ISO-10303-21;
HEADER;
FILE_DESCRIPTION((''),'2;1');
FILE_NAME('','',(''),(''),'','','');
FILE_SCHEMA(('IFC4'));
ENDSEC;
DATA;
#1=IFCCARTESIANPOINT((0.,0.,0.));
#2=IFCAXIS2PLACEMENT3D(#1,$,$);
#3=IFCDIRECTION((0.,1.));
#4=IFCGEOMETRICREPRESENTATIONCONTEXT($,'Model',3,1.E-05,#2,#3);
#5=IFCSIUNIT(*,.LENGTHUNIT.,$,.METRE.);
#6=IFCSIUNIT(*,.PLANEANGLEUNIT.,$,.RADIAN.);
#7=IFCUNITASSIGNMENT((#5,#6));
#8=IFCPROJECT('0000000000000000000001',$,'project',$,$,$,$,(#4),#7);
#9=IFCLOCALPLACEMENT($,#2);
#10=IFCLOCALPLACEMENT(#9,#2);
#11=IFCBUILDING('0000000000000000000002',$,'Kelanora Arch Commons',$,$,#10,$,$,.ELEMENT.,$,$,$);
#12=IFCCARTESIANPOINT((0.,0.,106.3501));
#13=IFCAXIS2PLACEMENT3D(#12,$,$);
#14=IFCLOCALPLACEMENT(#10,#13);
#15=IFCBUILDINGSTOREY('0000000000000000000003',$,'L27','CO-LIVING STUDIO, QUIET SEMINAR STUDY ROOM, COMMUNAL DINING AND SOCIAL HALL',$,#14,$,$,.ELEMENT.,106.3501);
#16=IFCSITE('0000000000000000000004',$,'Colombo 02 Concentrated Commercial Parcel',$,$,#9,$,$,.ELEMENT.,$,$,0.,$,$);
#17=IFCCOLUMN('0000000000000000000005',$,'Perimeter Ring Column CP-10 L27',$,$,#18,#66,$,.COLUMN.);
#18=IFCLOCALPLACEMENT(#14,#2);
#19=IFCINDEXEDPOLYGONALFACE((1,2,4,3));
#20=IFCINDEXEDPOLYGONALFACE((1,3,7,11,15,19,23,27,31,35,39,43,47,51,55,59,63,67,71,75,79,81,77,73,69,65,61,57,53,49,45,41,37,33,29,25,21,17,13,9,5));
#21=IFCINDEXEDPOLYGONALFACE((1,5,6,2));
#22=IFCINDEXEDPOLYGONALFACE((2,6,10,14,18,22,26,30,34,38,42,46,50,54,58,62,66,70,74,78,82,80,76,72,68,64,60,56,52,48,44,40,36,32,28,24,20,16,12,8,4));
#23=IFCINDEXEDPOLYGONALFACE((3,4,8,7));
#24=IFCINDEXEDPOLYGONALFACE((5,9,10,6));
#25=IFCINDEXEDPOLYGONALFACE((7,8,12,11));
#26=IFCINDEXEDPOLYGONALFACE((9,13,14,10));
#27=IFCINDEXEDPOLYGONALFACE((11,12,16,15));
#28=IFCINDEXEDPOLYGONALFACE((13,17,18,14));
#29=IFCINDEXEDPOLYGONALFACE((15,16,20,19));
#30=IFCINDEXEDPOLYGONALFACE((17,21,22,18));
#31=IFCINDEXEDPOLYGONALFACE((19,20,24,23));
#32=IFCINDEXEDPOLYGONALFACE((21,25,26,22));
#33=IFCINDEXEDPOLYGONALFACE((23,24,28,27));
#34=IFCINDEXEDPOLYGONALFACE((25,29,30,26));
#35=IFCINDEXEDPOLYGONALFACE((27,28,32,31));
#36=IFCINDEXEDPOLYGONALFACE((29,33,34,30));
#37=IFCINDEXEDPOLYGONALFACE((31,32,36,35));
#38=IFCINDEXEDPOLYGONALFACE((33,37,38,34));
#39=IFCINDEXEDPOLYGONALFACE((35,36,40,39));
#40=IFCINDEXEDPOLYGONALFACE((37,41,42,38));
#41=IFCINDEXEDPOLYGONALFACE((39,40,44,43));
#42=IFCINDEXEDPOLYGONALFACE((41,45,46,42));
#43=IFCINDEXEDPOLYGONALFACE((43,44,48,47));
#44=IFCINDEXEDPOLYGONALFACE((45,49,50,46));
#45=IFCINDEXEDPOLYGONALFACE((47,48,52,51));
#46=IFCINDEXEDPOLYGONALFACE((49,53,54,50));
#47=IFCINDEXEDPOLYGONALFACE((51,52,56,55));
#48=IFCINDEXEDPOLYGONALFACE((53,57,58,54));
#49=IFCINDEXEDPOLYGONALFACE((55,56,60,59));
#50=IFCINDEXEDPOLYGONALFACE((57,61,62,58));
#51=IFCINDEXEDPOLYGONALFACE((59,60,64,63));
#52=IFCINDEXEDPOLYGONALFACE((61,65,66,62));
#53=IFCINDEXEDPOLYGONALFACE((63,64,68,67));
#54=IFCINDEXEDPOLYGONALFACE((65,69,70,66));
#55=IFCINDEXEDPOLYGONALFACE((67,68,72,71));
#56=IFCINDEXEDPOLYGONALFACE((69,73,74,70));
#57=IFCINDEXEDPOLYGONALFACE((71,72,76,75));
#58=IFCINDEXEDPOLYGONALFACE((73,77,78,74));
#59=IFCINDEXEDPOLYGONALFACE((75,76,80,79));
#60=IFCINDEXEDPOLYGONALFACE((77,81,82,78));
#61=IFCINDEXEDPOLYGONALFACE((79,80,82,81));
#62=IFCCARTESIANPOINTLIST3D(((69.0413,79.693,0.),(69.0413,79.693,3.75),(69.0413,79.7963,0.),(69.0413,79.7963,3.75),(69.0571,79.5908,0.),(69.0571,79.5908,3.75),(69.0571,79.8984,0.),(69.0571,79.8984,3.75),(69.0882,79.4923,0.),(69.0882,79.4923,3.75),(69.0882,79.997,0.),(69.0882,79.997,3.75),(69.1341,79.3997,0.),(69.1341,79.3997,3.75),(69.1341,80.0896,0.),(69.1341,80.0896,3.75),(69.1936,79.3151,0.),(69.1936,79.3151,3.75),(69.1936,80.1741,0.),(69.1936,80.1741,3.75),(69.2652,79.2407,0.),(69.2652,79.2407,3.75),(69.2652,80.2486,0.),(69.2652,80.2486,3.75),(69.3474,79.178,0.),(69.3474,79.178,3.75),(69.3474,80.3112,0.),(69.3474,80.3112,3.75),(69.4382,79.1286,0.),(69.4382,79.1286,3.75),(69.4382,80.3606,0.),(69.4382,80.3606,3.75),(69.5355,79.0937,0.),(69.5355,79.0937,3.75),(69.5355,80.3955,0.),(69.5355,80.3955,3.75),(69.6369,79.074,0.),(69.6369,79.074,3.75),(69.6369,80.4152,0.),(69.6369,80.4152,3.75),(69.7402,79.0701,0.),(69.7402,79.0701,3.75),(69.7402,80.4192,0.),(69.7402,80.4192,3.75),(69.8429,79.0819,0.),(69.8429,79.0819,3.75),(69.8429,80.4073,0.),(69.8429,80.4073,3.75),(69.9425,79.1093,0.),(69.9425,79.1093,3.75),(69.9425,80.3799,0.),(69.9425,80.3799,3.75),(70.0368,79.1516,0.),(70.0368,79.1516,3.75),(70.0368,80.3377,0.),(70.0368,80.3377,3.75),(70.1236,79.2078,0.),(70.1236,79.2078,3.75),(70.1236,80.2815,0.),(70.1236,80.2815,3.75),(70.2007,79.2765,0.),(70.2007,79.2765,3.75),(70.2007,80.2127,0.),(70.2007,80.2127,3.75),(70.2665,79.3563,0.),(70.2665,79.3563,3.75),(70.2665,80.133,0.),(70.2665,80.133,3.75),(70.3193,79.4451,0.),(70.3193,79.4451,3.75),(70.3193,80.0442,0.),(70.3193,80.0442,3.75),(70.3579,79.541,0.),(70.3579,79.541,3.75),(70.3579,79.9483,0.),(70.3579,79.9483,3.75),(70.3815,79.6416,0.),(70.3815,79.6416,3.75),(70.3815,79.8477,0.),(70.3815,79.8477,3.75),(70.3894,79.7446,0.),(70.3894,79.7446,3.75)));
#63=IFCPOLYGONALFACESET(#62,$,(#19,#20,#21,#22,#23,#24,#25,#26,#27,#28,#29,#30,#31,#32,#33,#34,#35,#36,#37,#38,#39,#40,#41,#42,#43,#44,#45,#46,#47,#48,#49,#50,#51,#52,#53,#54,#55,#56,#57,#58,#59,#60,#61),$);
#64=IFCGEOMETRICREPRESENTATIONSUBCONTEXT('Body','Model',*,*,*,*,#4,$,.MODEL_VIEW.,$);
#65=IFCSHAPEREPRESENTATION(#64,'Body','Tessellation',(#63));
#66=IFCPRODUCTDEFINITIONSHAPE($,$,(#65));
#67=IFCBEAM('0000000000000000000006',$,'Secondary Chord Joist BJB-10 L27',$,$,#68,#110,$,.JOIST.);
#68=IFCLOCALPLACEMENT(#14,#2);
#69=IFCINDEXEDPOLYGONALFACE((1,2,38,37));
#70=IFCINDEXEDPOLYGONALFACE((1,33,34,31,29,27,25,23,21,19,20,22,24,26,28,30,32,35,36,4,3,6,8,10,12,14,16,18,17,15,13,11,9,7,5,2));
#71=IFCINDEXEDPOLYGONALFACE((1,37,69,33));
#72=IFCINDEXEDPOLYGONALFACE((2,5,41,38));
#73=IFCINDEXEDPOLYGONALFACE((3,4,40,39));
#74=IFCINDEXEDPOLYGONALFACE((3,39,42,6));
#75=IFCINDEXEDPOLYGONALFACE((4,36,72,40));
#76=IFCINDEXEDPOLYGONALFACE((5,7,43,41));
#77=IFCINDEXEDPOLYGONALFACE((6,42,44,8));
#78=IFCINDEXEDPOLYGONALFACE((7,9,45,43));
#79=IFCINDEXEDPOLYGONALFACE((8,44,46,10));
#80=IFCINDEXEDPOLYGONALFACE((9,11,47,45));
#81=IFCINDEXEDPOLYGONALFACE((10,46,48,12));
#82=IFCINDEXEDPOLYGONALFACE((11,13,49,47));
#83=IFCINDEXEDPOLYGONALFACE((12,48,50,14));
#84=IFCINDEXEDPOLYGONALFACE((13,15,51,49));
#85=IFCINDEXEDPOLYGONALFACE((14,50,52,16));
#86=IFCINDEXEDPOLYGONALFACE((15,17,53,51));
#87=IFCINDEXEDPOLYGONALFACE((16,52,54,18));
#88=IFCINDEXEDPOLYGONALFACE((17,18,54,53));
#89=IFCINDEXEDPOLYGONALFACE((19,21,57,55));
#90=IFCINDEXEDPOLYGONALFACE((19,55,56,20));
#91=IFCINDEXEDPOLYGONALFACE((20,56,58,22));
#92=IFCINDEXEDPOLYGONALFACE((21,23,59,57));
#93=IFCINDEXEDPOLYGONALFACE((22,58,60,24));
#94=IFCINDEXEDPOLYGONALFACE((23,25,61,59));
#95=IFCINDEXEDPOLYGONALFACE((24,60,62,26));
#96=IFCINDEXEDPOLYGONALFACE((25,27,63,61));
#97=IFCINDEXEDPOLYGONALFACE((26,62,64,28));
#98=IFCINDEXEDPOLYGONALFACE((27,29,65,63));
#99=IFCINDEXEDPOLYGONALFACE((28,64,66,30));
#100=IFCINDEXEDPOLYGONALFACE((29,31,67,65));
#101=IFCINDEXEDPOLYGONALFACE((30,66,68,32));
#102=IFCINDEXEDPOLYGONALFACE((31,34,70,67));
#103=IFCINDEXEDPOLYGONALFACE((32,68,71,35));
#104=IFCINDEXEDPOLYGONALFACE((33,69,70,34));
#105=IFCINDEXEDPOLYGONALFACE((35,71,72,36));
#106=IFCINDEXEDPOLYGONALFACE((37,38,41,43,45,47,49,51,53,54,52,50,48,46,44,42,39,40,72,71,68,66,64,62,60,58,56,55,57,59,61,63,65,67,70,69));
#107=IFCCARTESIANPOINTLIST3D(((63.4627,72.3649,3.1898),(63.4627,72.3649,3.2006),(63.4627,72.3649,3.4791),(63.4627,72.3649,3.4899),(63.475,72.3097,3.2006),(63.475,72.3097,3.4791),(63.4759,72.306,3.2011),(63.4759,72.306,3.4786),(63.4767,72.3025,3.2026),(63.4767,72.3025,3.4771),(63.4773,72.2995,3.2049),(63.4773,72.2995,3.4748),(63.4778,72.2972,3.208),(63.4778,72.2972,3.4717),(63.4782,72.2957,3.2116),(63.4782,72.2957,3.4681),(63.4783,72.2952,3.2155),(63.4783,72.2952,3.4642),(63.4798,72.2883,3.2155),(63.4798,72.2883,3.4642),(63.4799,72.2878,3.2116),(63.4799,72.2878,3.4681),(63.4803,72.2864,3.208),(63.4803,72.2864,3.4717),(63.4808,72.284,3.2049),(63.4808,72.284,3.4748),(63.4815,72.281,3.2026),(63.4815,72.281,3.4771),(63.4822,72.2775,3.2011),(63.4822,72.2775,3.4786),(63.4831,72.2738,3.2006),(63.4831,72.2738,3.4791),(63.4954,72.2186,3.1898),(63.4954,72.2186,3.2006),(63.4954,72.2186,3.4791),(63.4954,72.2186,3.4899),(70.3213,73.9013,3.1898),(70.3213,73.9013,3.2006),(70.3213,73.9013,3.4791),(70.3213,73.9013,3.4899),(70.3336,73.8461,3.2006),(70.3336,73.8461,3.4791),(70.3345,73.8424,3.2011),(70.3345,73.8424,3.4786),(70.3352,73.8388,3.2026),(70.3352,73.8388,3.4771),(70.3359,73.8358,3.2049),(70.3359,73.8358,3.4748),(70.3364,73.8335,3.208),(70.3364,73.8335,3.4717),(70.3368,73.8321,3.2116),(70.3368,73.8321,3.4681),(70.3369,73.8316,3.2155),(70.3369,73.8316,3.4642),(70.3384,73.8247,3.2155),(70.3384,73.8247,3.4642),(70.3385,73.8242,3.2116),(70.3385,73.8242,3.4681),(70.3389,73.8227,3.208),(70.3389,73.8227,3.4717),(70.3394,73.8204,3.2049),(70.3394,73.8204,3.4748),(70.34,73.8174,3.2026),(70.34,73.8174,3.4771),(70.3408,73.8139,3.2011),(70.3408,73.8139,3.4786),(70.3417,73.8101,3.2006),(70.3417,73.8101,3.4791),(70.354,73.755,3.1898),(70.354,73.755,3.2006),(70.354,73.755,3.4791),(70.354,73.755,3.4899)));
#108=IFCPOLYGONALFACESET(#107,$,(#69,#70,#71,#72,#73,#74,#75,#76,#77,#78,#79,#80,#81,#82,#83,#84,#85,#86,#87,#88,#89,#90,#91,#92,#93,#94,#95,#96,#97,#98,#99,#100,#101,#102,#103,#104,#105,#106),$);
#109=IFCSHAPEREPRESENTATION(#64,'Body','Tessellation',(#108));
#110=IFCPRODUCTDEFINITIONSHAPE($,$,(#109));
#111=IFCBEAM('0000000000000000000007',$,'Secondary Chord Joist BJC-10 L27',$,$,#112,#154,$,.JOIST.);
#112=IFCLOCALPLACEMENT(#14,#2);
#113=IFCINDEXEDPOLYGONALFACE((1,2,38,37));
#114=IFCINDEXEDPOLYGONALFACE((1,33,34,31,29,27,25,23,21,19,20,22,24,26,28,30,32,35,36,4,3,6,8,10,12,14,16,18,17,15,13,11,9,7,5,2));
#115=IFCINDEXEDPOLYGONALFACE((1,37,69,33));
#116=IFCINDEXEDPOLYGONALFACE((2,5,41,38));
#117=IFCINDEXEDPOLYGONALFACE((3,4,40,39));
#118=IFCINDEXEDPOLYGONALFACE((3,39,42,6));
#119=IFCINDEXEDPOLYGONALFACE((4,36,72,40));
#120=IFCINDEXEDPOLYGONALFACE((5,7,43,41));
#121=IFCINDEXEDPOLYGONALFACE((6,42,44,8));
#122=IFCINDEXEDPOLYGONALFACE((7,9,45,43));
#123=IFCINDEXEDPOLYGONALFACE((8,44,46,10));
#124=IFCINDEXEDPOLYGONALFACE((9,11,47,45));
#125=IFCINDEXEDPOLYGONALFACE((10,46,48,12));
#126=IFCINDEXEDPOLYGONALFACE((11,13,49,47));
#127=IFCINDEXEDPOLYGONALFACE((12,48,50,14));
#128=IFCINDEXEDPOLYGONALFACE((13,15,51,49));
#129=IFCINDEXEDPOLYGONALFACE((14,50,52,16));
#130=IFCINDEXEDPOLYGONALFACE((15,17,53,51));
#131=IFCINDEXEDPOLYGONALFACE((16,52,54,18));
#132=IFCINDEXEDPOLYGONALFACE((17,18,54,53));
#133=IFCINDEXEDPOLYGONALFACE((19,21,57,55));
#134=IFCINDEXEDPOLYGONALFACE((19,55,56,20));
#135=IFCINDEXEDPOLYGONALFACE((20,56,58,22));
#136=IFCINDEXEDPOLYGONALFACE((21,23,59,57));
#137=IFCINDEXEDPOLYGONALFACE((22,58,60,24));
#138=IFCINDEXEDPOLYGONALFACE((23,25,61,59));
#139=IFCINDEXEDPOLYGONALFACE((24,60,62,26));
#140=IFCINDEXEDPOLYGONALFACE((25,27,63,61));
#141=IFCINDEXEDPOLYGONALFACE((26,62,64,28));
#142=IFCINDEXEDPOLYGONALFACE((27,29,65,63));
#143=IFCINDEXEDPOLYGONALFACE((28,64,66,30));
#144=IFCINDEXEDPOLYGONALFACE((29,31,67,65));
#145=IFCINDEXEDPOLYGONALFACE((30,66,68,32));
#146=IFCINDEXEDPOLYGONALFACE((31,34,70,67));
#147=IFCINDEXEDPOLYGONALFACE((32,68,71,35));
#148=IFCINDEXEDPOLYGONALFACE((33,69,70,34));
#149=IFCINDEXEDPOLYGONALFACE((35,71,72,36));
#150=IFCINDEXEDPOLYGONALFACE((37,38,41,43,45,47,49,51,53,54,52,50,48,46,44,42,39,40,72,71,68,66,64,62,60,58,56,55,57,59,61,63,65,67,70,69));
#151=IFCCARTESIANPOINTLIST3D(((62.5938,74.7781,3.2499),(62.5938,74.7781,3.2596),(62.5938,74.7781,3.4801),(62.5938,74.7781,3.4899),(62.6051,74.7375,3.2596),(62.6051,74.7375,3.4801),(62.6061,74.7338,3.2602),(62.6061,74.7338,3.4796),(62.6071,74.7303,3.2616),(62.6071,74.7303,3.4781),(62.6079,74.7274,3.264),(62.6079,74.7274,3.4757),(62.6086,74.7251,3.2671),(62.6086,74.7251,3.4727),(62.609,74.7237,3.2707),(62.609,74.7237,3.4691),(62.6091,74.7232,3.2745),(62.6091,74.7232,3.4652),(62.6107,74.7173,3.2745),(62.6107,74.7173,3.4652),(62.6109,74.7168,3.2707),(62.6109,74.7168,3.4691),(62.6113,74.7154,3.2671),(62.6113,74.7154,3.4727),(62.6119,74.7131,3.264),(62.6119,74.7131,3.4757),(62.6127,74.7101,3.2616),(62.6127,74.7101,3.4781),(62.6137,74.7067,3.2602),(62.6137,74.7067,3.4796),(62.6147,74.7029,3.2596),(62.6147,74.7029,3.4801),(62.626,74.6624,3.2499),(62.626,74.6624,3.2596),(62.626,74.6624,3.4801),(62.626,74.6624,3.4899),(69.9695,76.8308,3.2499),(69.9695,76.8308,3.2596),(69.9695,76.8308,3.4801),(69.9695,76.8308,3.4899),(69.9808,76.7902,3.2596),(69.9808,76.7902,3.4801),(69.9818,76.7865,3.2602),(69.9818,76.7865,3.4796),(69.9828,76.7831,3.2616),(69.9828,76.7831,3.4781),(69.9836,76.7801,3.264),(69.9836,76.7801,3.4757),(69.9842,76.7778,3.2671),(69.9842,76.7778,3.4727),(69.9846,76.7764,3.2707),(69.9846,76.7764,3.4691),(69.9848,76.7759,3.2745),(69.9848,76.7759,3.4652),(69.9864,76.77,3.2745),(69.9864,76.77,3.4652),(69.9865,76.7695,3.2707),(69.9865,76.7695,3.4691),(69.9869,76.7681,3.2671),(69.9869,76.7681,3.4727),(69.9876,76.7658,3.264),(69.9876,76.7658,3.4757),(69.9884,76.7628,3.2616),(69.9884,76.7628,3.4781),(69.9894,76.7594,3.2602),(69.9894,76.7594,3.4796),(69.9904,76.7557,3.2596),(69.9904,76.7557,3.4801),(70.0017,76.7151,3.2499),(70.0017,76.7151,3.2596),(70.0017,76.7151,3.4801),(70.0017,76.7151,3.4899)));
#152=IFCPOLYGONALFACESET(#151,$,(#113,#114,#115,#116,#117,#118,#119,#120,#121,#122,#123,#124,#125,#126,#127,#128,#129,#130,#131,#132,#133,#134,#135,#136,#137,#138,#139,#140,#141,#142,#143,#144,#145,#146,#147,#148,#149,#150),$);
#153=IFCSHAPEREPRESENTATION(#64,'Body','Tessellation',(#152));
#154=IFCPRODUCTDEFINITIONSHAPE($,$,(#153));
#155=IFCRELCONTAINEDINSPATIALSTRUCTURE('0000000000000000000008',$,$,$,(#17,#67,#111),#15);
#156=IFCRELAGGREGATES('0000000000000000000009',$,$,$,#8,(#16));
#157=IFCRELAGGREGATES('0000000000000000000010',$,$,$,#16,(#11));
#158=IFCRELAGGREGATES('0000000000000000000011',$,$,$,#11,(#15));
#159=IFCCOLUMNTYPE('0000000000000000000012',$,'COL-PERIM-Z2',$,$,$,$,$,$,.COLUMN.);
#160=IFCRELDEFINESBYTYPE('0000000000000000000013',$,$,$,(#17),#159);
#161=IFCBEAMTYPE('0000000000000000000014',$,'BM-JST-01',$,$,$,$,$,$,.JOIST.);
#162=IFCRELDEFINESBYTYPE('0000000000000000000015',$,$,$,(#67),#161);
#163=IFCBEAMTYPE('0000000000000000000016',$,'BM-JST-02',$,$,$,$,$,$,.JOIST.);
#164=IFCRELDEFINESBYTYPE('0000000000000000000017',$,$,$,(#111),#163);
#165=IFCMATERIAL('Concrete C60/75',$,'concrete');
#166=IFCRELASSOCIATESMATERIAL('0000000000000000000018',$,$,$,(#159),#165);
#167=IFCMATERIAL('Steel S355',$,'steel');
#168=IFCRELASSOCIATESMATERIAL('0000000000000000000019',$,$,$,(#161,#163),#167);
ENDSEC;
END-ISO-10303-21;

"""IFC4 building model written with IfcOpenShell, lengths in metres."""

from ifc_helpers import new_model, si_unit, direction, frame, origin, origin_2d, place, context, subcontext, project, spatial, circle, i_section, extrude, material, material_profile, profile_set, type_object, element, save


model = new_model("IFC4")

# Units and contexts
model_context = context("Model", 3, precision=1e-05, world=origin(), true_north=direction((0.0, 1.0)))
body_context = subcontext(model_context, "Body", "Model", "MODEL_VIEW")
ifc_project = project(units=[si_unit("LENGTHUNIT", "METRE"), si_unit("PLANEANGLEUNIT", "RADIAN")], contexts=[model_context])

# Site, building, storey
site_placement = place(None, origin())
site = spatial("IfcSite", under=ifc_project, at=site_placement, Name="Colombo 02 Concentrated Commercial Parcel", CompositionType="ELEMENT", RefElevation=0.0)
building_placement = place(site_placement, origin())
building = spatial("IfcBuilding", under=site, at=building_placement, Name="Kelanora Arch Commons", CompositionType="ELEMENT")
storey_placement = place(building_placement, frame((0.0, 0.0, 106.3501)))
storey = spatial("IfcBuildingStorey", under=building, at=storey_placement, Name="L27", Description="CO-LIVING STUDIO, QUIET SEMINAR STUDY ROOM, COMMUNAL DINING AND SOCIAL HALL", CompositionType="ELEMENT", Elevation=106.3501)

# Column
ifc_material_1 = material(Name="Concrete C60/75", Category="concrete")
ifc_material_profile_1 = material_profile(ifc_material_1, circle(Radius=0.675, at=origin_2d()), Name="RCC1350")
ifc_profile_set_1 = profile_set([ifc_material_profile_1], Name="Concrete C60/75")
column_type = type_object("IfcColumnType", Name="COL-PERIM-Z2", PredefinedType="COLUMN", material=ifc_profile_set_1)
column_placement = place(storey_placement, frame((69.7144, 79.7446, 0.0), z_axis=(0.0, 0.0, 1.0), x_axis=(1.0, 0.0, 0.0)))
element("IfcColumn", 1, at=column_placement, inside=storey, type_object=column_type, Name="Perimeter Ring Column CP-10 L27", PredefinedType="COLUMN", context=body_context, shape_type="SweptSolid", body=[
    extrude(circle(Radius=0.675, at=origin_2d()), origin(), (0.0, 0.0, 1.0), 3.75),
])

# Beams
ifc_material_2 = material(Name="Steel S355", Category="steel")
ifc_material_profile_2 = material_profile(ifc_material_2, i_section(OverallWidth=0.1499, OverallDepth=0.3, WebThickness=0.0071, FlangeThickness=0.0107, FilletRadius=0.0149, at=origin_2d()), Name="IPE300")
ifc_profile_set_2 = profile_set([ifc_material_profile_2], Name="Steel S355")
beam_type_1 = type_object("IfcBeamType", Name="BM-JST-01", PredefinedType="JOIST", material=ifc_profile_set_2)
beam_1_placement = place(storey_placement, frame((70.3376, 73.8281, 3.3398), z_axis=(-0.975817, -0.218589, 0.0), x_axis=(0.218589, -0.975817, 0.0)))
element("IfcBeam", 2, at=beam_1_placement, inside=storey, type_object=beam_type_1, Name="Secondary Chord Joist BJB-10 L27", PredefinedType="JOIST", context=body_context, shape_type="SweptSolid", body=[
    extrude(i_section(OverallWidth=0.1499, OverallDepth=0.3, WebThickness=0.0071, FlangeThickness=0.0107, FilletRadius=0.0149, at=origin_2d()), origin(), (0.0, 0.0, 1.0), 7.0286),
])
ifc_material_profile_3 = material_profile(ifc_material_2, i_section(OverallWidth=0.1201, OverallDepth=0.24, WebThickness=0.0061, FlangeThickness=0.0098, FilletRadius=0.0149, at=origin_2d()), Name="IPE240")
ifc_profile_set_3 = profile_set([ifc_material_profile_3], Name="Steel S355")
beam_type_2 = type_object("IfcBeamType", Name="BM-JST-02", PredefinedType="JOIST", material=ifc_profile_set_3)
beam_2_placement = place(storey_placement, frame((69.9856, 76.7729, 3.3699), z_axis=(-0.963386, -0.268119, 0.0), x_axis=(0.268119, -0.963386, 0.0)))
element("IfcBeam", 3, at=beam_2_placement, inside=storey, type_object=beam_type_2, Name="Secondary Chord Joist BJC-10 L27", PredefinedType="JOIST", context=body_context, shape_type="SweptSolid", body=[
    extrude(i_section(OverallWidth=0.1201, OverallDepth=0.24, WebThickness=0.0061, FlangeThickness=0.0098, FilletRadius=0.0149, at=origin_2d()), origin(), (0.0, 0.0, 1.0), 7.656),
])

save(model, "model.ifc")
